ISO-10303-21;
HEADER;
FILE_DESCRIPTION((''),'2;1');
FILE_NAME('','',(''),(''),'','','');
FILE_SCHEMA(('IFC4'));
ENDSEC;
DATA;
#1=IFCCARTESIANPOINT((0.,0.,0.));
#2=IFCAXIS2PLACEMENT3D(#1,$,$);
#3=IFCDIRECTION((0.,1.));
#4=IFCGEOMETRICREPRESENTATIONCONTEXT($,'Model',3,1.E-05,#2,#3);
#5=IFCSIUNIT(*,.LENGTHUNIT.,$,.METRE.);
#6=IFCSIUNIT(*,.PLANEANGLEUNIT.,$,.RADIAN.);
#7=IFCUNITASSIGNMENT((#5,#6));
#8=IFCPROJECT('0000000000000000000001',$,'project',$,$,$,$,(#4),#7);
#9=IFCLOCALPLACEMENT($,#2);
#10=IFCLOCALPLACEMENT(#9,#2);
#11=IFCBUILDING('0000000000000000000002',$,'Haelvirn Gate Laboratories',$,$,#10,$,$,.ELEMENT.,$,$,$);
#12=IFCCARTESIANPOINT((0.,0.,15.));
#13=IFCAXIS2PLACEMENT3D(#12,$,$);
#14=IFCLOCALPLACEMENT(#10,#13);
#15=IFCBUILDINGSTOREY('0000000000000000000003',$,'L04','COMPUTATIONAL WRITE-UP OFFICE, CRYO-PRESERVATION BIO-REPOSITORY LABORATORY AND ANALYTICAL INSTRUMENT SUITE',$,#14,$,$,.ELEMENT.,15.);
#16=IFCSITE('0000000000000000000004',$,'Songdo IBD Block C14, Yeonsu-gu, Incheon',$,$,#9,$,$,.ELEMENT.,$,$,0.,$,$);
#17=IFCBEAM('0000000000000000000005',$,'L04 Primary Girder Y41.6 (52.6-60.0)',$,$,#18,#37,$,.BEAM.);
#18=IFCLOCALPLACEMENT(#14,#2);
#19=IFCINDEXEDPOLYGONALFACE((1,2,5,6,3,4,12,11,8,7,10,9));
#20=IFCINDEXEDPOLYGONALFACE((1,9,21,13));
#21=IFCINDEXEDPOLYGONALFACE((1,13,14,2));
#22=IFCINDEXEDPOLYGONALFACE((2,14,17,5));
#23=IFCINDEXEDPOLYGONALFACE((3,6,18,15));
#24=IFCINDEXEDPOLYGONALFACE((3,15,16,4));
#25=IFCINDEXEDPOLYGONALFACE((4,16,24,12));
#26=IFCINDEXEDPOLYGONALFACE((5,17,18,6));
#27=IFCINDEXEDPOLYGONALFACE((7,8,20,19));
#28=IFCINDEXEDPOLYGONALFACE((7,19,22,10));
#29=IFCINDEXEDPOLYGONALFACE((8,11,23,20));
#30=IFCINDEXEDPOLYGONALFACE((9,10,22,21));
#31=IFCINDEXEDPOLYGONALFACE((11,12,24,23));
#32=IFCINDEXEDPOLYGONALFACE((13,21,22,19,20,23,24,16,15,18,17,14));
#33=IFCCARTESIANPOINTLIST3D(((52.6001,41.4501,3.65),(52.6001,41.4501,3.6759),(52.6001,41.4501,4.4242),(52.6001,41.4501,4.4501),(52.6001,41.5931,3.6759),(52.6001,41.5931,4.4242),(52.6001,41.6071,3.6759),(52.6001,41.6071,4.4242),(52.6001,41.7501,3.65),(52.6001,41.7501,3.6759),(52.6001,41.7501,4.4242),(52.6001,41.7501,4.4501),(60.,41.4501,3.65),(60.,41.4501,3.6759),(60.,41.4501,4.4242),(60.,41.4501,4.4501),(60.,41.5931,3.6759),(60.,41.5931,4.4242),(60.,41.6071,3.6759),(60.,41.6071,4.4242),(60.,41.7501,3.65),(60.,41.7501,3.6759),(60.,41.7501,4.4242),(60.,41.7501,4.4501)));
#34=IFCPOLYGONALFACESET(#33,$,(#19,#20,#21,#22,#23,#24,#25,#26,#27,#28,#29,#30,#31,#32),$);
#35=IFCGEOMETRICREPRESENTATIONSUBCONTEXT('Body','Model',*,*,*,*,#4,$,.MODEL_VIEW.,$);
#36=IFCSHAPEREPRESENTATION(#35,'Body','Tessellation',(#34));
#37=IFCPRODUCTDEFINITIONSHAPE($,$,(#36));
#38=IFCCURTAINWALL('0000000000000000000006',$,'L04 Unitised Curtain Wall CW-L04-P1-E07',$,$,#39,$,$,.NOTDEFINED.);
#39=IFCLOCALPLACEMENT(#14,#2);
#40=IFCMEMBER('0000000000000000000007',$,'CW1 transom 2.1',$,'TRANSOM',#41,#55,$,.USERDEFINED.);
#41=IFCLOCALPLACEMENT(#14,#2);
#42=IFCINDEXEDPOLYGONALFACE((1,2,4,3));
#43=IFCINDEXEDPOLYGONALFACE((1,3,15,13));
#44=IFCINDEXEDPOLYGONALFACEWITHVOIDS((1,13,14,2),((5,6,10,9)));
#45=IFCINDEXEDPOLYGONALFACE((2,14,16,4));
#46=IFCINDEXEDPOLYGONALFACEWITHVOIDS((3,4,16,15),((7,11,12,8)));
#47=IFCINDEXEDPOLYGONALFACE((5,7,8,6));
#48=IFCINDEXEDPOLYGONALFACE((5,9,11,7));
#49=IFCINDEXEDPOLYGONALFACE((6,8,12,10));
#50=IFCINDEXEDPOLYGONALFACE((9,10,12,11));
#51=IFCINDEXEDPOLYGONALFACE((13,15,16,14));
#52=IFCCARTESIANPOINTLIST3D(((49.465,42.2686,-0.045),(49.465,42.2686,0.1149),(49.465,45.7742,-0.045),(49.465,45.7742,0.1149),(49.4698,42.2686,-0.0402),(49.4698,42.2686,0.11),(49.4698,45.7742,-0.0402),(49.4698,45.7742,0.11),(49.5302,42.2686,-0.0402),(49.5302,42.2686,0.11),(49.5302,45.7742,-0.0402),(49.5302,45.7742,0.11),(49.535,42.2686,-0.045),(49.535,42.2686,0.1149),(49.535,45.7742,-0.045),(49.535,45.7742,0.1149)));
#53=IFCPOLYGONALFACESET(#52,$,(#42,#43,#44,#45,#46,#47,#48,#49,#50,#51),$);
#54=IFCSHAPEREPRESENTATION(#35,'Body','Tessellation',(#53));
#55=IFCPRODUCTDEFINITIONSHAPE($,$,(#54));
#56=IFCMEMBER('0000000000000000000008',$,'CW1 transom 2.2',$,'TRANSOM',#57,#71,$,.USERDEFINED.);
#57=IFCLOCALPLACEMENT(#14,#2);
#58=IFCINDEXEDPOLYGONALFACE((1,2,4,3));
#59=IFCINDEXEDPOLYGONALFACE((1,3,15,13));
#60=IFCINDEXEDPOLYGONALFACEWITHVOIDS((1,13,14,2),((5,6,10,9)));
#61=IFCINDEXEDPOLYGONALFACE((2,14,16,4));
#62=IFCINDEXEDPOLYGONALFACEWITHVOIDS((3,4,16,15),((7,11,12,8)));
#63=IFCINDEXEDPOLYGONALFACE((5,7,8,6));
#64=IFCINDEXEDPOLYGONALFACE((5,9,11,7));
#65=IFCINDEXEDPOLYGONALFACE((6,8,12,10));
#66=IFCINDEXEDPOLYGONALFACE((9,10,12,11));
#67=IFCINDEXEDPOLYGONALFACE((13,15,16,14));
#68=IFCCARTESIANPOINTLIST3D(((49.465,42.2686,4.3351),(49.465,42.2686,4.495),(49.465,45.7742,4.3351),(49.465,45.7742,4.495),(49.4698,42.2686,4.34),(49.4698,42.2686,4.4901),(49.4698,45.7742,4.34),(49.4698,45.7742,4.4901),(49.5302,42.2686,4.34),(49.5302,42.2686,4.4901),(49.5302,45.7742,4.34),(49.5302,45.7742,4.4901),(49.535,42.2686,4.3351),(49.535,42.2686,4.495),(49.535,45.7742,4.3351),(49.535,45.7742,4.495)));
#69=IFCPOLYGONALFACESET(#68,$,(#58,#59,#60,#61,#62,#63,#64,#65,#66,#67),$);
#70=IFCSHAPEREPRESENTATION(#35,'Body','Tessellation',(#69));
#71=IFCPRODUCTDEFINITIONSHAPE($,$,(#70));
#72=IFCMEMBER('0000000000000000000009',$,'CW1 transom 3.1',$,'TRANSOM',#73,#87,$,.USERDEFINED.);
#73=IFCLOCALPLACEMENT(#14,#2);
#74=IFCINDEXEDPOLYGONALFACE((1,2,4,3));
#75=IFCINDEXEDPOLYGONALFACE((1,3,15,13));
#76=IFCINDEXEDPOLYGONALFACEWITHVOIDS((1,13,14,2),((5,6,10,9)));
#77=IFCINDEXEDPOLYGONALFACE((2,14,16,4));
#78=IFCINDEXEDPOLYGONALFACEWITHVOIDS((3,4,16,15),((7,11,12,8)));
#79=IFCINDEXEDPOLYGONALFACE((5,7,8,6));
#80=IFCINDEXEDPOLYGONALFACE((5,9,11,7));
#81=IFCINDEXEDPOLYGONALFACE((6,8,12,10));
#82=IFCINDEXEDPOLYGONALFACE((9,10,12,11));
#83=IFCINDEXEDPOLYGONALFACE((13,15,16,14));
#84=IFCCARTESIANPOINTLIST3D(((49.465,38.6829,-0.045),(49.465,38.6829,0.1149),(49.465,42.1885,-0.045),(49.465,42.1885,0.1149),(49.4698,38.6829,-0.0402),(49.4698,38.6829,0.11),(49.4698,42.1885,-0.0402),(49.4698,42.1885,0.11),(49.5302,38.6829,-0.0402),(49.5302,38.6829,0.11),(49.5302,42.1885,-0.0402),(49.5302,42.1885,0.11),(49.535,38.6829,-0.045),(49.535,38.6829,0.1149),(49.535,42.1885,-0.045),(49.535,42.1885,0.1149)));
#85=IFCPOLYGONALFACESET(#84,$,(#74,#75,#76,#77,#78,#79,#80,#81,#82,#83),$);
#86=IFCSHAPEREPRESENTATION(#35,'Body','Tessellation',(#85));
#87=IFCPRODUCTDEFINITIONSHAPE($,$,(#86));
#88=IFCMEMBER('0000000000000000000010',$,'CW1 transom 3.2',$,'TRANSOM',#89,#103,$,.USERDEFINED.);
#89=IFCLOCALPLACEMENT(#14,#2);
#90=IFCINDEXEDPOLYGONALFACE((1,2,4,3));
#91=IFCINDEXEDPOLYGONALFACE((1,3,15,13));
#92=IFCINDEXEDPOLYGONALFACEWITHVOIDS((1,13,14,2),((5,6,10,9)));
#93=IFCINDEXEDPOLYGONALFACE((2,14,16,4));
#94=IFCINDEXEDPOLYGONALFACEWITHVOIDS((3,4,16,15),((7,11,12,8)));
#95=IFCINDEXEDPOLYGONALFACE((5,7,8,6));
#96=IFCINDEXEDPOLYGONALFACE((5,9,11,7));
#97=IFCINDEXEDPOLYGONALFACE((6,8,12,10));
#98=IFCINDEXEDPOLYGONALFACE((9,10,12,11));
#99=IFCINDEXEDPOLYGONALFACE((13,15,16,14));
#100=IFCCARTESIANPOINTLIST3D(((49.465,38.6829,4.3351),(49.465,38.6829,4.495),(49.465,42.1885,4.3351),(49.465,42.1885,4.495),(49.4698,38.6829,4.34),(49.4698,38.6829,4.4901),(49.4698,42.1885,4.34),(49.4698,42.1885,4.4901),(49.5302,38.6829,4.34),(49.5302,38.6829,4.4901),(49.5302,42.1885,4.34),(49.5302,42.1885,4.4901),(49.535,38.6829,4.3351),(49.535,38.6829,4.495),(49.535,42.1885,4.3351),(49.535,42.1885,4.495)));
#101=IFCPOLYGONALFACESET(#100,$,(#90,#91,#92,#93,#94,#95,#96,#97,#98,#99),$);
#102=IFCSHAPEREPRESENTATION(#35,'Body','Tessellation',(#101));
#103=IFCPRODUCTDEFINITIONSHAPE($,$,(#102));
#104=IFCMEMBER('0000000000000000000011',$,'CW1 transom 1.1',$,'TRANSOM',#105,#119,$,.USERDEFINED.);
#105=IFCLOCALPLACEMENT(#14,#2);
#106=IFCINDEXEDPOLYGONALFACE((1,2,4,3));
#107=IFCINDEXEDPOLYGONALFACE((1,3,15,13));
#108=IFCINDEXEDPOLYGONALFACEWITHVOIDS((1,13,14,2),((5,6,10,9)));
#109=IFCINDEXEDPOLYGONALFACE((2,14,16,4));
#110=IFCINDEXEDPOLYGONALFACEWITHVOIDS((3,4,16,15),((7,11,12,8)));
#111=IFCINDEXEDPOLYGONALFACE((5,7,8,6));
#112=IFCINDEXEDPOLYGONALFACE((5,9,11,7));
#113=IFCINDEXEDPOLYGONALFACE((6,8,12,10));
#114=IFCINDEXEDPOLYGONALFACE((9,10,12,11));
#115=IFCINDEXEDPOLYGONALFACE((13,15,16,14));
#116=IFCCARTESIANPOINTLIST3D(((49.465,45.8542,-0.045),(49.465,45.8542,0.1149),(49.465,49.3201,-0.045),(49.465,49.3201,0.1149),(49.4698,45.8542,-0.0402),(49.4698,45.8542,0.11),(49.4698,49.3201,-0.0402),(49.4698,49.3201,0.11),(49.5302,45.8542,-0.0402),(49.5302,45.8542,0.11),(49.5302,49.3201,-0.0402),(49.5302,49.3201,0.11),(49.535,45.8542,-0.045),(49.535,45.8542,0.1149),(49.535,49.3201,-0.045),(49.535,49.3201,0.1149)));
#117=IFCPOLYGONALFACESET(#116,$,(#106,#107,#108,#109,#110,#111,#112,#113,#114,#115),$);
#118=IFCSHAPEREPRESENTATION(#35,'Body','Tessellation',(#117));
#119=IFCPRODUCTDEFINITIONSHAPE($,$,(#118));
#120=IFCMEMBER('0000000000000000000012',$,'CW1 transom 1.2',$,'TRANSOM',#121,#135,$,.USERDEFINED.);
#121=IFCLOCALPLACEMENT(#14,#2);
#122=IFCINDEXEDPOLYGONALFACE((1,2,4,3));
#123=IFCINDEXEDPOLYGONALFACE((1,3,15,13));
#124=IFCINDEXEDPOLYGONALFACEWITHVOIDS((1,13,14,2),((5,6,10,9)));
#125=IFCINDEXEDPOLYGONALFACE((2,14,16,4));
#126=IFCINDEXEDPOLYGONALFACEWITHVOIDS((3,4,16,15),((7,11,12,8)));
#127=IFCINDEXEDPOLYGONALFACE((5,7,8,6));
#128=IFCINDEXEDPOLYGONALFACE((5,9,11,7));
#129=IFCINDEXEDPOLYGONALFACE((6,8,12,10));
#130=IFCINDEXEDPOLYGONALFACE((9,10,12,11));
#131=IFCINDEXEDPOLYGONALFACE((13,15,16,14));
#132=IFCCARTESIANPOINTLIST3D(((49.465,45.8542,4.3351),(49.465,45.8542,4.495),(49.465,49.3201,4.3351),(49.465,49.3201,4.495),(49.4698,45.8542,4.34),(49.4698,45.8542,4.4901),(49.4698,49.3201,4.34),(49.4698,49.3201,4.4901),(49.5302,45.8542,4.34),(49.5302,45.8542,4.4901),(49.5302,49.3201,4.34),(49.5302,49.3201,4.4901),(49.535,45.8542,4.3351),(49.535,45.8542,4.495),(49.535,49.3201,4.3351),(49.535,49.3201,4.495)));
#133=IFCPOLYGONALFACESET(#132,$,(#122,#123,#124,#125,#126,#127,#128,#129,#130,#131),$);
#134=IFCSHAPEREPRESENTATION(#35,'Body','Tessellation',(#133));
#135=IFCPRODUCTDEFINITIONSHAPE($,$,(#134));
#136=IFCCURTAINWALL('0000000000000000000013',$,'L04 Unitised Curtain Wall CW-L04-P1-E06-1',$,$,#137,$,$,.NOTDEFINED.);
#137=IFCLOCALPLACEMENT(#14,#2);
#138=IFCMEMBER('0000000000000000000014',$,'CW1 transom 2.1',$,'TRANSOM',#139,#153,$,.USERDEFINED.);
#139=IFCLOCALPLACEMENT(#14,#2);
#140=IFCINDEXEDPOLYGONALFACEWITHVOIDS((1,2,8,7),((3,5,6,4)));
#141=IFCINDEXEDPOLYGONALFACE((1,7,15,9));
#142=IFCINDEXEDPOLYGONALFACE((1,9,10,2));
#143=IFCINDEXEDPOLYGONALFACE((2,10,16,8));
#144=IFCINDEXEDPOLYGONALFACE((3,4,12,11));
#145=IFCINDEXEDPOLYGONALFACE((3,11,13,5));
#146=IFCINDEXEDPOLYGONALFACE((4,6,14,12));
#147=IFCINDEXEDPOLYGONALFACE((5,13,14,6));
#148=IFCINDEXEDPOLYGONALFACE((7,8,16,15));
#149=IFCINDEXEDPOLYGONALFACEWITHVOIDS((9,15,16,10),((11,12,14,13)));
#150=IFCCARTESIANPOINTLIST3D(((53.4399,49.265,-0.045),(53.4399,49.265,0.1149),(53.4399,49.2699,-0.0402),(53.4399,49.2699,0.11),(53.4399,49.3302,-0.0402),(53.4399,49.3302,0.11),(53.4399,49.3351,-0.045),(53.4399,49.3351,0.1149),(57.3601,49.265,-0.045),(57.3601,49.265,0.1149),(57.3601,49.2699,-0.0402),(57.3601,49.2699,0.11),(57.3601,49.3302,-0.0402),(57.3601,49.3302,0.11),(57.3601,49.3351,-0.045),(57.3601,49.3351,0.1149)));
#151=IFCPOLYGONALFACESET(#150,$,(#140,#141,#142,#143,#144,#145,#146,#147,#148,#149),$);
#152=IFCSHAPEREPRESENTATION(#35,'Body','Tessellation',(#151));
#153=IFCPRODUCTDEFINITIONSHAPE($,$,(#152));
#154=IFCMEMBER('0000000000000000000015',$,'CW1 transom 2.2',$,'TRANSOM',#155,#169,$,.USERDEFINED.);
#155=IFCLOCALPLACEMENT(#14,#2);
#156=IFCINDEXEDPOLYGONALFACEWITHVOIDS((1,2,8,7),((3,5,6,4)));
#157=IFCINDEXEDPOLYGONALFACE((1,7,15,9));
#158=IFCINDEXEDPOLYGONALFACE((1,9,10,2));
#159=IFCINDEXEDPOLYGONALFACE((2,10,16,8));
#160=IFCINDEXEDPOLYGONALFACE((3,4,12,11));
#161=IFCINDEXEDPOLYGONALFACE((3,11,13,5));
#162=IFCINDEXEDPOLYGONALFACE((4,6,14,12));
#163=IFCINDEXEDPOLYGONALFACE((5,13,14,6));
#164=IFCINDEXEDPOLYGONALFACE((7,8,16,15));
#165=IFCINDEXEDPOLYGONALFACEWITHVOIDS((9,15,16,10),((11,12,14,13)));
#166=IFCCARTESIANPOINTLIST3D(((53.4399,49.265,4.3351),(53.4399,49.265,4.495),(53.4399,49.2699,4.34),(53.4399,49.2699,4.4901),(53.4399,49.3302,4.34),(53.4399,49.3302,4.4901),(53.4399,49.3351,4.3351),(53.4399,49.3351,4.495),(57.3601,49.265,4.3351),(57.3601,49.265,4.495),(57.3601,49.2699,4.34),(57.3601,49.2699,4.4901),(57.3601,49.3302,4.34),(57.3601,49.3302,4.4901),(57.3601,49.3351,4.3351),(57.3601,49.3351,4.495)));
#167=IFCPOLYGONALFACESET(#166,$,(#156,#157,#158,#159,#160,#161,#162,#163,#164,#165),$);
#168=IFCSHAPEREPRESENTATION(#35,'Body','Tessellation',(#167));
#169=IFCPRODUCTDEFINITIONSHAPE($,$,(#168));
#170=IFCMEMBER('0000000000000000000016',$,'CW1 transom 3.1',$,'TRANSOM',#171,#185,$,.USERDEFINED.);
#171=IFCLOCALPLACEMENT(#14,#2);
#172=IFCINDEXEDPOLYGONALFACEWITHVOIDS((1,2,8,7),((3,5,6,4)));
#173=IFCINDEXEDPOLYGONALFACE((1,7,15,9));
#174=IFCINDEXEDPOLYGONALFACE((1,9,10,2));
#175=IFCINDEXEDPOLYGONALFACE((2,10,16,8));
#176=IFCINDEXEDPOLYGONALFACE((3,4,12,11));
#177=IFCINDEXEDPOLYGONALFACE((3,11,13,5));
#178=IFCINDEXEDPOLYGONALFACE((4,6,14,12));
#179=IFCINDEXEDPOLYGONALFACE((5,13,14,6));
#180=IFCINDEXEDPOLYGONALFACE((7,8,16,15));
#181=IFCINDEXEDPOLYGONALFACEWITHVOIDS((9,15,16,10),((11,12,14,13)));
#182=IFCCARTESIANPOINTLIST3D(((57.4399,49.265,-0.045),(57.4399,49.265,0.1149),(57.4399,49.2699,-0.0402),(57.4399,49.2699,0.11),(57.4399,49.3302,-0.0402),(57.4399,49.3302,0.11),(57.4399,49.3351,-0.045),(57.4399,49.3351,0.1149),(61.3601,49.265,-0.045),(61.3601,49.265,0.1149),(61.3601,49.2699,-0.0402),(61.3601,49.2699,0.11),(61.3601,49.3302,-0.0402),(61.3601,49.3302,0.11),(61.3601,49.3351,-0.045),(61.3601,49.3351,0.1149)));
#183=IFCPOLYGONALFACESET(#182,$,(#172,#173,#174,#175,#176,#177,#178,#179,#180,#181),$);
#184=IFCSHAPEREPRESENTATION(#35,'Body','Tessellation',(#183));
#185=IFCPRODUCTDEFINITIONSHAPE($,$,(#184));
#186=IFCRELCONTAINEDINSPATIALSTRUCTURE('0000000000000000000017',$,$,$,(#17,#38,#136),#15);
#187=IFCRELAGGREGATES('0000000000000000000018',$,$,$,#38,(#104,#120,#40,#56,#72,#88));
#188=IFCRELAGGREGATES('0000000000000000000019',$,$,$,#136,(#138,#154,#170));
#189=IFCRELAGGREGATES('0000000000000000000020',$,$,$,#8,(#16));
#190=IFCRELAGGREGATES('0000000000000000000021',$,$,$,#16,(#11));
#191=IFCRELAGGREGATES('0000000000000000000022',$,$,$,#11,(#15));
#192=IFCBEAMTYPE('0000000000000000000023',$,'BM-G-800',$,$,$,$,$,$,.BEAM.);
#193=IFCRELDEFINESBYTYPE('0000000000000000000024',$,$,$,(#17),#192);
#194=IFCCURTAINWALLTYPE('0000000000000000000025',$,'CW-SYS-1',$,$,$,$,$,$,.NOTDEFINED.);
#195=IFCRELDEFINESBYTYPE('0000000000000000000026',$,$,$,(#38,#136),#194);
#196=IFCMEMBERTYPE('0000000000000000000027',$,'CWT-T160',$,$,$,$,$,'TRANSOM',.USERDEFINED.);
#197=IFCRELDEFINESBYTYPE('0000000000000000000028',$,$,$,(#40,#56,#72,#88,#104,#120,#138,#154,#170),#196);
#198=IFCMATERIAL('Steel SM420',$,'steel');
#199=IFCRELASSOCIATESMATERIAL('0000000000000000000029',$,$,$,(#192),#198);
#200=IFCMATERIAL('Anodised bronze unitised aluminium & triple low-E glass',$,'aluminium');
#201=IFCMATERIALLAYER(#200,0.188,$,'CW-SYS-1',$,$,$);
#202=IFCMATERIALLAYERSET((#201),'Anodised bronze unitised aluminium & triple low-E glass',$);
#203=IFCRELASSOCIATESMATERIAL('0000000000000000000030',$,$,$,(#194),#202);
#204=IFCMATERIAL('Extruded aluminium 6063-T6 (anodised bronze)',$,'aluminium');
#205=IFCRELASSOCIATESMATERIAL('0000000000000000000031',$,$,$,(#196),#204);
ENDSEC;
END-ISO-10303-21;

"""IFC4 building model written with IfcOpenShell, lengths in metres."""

from ifc_helpers import new_model, si_unit, direction, frame, origin, origin_2d, place, context, subcontext, project, spatial, hollow_rectangle, i_section, extrude, source, transform, mapped, material, layer, layer_set, material_profile, profile_set, type_object, type_shapes, element, aggregate, save


model = new_model("IFC4")

# Units and contexts
model_context = context("Model", 3, precision=1e-05, world=origin(), true_north=direction((0.0, 1.0)))
body_context = subcontext(model_context, "Body", "Model", "MODEL_VIEW")
ifc_project = project(units=[si_unit("LENGTHUNIT", "METRE"), si_unit("PLANEANGLEUNIT", "RADIAN")], contexts=[model_context])

# Site, building, storey
site_placement = place(None, origin())
site = spatial("IfcSite", under=ifc_project, at=site_placement, Name="Songdo IBD Block C14, Yeonsu-gu, Incheon", CompositionType="ELEMENT", RefElevation=0.0)
building_placement = place(site_placement, origin())
building = spatial("IfcBuilding", under=site, at=building_placement, Name="Haelvirn Gate Laboratories", CompositionType="ELEMENT")
storey_placement = place(building_placement, frame((0.0, 0.0, 15.0)))
storey = spatial("IfcBuildingStorey", under=building, at=storey_placement, Name="L04", Description="COMPUTATIONAL WRITE-UP OFFICE, CRYO-PRESERVATION BIO-REPOSITORY LABORATORY AND ANALYTICAL INSTRUMENT SUITE", CompositionType="ELEMENT", Elevation=15.0)

# Beam
ifc_material_1 = material(Name="Steel SM420", Category="steel")
ifc_material_profile_1 = material_profile(ifc_material_1, i_section(OverallWidth=0.3, OverallDepth=0.8, WebThickness=0.0139, FlangeThickness=0.0259, at=origin_2d()), Name="H-800x300x14x26")
ifc_profile_set_1 = profile_set([ifc_material_profile_1], Name="Steel SM420")
beam_type = type_object("IfcBeamType", Name="BM-G-800", PredefinedType="BEAM", material=ifc_profile_set_1)
shared_shape_1 = source(origin(), body_context, "Body", "SweptSolid", [
    extrude(i_section(OverallWidth=0.3, OverallDepth=0.8, WebThickness=0.0139, FlangeThickness=0.0259, at=origin_2d()), origin(), (0.0, 0.0, 1.0), 7.3999),
])
type_shapes(beam_type, [shared_shape_1])
beam_placement = place(storey_placement, frame((52.6001, 41.6001, 4.05), z_axis=(1.0, 0.0, 0.0), x_axis=(0.0, 1.0, 0.0)))
element("IfcBeam", 1, at=beam_placement, inside=storey, type_object=beam_type, Name="L04 Primary Girder Y41.6 (52.6-60.0)", PredefinedType="BEAM", context=body_context, shape_type="MappedRepresentation", body=[
    mapped(shared_shape_1, transform((0.0, 0.0, 0.0), scale=1.0)),
])

# Curtain walls, members
ifc_material_2 = material(Name="Anodised bronze unitised aluminium & triple low-E glass", Category="aluminium")
ifc_layer_1 = layer(ifc_material_2, 0.188, Name="CW-SYS-1")
ifc_layer_set_1 = layer_set([ifc_layer_1], Name="Anodised bronze unitised aluminium & triple low-E glass")
curtain_wall_type = type_object("IfcCurtainWallType", Name="CW-SYS-1", PredefinedType="NOTDEFINED", material=ifc_layer_set_1)
curtain_wall_1_placement = place(storey_placement, origin())
curtain_wall_1 = element("IfcCurtainWall", 2, at=curtain_wall_1_placement, inside=storey, type_object=curtain_wall_type, Name="L04 Unitised Curtain Wall CW-L04-P1-E07", PredefinedType="NOTDEFINED")
ifc_material_3 = material(Name="Extruded aluminium 6063-T6 (anodised bronze)", Category="aluminium")
ifc_material_profile_2 = material_profile(ifc_material_3, hollow_rectangle(XDim=0.0701, YDim=0.1599, WallThickness=0.0049, at=origin_2d()), Name="CWT-160x70x5")
ifc_profile_set_2 = profile_set([ifc_material_profile_2], Name="Extruded aluminium 6063-T6 (anodised bronze)")
member_type_1 = type_object("IfcMemberType", Name="CWT-T160", ElementType="TRANSOM", PredefinedType="USERDEFINED", material=ifc_profile_set_2)
shared_shape_2 = source(origin(), body_context, "Body", "SweptSolid", [
    extrude(hollow_rectangle(XDim=0.0701, YDim=0.1599, WallThickness=0.0049, at=origin_2d()), origin(), (0.0, 0.0, 1.0), 3.5056),
])
member_1_placement = place(storey_placement, frame((49.5, 45.7742, 0.0349), z_axis=(0.0, -1.0, 0.0), x_axis=(1.0, 0.0, 0.0)))
member_1 = element("IfcMember", 3, at=member_1_placement, type_object=member_type_1, Name="CW1 transom 2.1", ObjectType="TRANSOM", PredefinedType="USERDEFINED", context=body_context, shape_type="MappedRepresentation", body=[
    mapped(shared_shape_2, transform((0.0, 0.0, 0.0), scale=1.0)),
])
member_2_placement = place(storey_placement, frame((49.5, 45.7742, 4.415), z_axis=(0.0, -1.0, 0.0), x_axis=(1.0, 0.0, 0.0)))
member_2 = element("IfcMember", 4, at=member_2_placement, type_object=member_type_1, Name="CW1 transom 2.2", ObjectType="TRANSOM", PredefinedType="USERDEFINED", context=body_context, shape_type="MappedRepresentation", body=[
    mapped(shared_shape_2, transform((0.0, 0.0, 0.0), scale=1.0)),
])
member_3_placement = place(storey_placement, frame((49.5, 42.1885, 0.0349), z_axis=(0.0, -1.0, 0.0), x_axis=(1.0, 0.0, 0.0)))
member_3 = element("IfcMember", 5, at=member_3_placement, type_object=member_type_1, Name="CW1 transom 3.1", ObjectType="TRANSOM", PredefinedType="USERDEFINED", context=body_context, shape_type="MappedRepresentation", body=[
    mapped(shared_shape_2, transform((0.0, 0.0, 0.0), scale=1.0)),
])
member_4_placement = place(storey_placement, frame((49.5, 42.1885, 4.415), z_axis=(0.0, -1.0, 0.0), x_axis=(1.0, 0.0, 0.0)))
member_4 = element("IfcMember", 6, at=member_4_placement, type_object=member_type_1, Name="CW1 transom 3.2", ObjectType="TRANSOM", PredefinedType="USERDEFINED", context=body_context, shape_type="MappedRepresentation", body=[
    mapped(shared_shape_2, transform((0.0, 0.0, 0.0), scale=1.0)),
])
shared_shape_3 = source(origin(), body_context, "Body", "SweptSolid", [
    extrude(hollow_rectangle(XDim=0.0701, YDim=0.1599, WallThickness=0.0049, at=origin_2d()), origin(), (0.0, 0.0, 1.0), 3.4658),
])
member_5_placement = place(storey_placement, frame((49.5, 49.3201, 0.0349), z_axis=(0.0, -1.0, 0.0), x_axis=(1.0, 0.0, 0.0)))
member_5 = element("IfcMember", 7, at=member_5_placement, type_object=member_type_1, Name="CW1 transom 1.1", ObjectType="TRANSOM", PredefinedType="USERDEFINED", context=body_context, shape_type="MappedRepresentation", body=[
    mapped(shared_shape_3, transform((0.0, 0.0, 0.0), scale=1.0)),
])
member_6_placement = place(storey_placement, frame((49.5, 49.3201, 4.415), z_axis=(0.0, -1.0, 0.0), x_axis=(1.0, 0.0, 0.0)))
member_6 = element("IfcMember", 8, at=member_6_placement, type_object=member_type_1, Name="CW1 transom 1.2", ObjectType="TRANSOM", PredefinedType="USERDEFINED", context=body_context, shape_type="MappedRepresentation", body=[
    mapped(shared_shape_3, transform((0.0, 0.0, 0.0), scale=1.0)),
])
curtain_wall_2_placement = place(storey_placement, origin())
curtain_wall_2 = element("IfcCurtainWall", 9, at=curtain_wall_2_placement, inside=storey, type_object=curtain_wall_type, Name="L04 Unitised Curtain Wall CW-L04-P1-E06-1", PredefinedType="NOTDEFINED")
shared_shape_4 = source(origin(), body_context, "Body", "SweptSolid", [
    extrude(hollow_rectangle(XDim=0.0701, YDim=0.1599, WallThickness=0.0049, at=origin_2d()), origin(), (0.0, 0.0, 1.0), 3.9202),
])
type_shapes(member_type_1, [shared_shape_2, shared_shape_3, shared_shape_4])
member_7_placement = place(storey_placement, frame((53.4399, 49.3, 0.0349), z_axis=(1.0, 0.0, 0.0), x_axis=(0.0, 1.0, 0.0)))
member_7 = element("IfcMember", 10, at=member_7_placement, type_object=member_type_1, Name="CW1 transom 2.1", ObjectType="TRANSOM", PredefinedType="USERDEFINED", context=body_context, shape_type="MappedRepresentation", body=[
    mapped(shared_shape_4, transform((0.0, 0.0, 0.0), scale=1.0)),
])
member_8_placement = place(storey_placement, frame((53.4399, 49.3, 4.415), z_axis=(1.0, 0.0, 0.0), x_axis=(0.0, 1.0, 0.0)))
member_8 = element("IfcMember", 11, at=member_8_placement, type_object=member_type_1, Name="CW1 transom 2.2", ObjectType="TRANSOM", PredefinedType="USERDEFINED", context=body_context, shape_type="MappedRepresentation", body=[
    mapped(shared_shape_4, transform((0.0, 0.0, 0.0), scale=1.0)),
])
member_9_placement = place(storey_placement, frame((57.4399, 49.3, 0.0349), z_axis=(1.0, 0.0, 0.0), x_axis=(0.0, 1.0, 0.0)))
member_9 = element("IfcMember", 12, at=member_9_placement, type_object=member_type_1, Name="CW1 transom 3.1", ObjectType="TRANSOM", PredefinedType="USERDEFINED", context=body_context, shape_type="MappedRepresentation", body=[
    mapped(shared_shape_4, transform((0.0, 0.0, 0.0), scale=1.0)),
])

aggregate(curtain_wall_1, [member_5, member_6, member_1, member_2, member_3, member_4])
aggregate(curtain_wall_2, [member_7, member_8, member_9])

save(model, "model.ifc")
